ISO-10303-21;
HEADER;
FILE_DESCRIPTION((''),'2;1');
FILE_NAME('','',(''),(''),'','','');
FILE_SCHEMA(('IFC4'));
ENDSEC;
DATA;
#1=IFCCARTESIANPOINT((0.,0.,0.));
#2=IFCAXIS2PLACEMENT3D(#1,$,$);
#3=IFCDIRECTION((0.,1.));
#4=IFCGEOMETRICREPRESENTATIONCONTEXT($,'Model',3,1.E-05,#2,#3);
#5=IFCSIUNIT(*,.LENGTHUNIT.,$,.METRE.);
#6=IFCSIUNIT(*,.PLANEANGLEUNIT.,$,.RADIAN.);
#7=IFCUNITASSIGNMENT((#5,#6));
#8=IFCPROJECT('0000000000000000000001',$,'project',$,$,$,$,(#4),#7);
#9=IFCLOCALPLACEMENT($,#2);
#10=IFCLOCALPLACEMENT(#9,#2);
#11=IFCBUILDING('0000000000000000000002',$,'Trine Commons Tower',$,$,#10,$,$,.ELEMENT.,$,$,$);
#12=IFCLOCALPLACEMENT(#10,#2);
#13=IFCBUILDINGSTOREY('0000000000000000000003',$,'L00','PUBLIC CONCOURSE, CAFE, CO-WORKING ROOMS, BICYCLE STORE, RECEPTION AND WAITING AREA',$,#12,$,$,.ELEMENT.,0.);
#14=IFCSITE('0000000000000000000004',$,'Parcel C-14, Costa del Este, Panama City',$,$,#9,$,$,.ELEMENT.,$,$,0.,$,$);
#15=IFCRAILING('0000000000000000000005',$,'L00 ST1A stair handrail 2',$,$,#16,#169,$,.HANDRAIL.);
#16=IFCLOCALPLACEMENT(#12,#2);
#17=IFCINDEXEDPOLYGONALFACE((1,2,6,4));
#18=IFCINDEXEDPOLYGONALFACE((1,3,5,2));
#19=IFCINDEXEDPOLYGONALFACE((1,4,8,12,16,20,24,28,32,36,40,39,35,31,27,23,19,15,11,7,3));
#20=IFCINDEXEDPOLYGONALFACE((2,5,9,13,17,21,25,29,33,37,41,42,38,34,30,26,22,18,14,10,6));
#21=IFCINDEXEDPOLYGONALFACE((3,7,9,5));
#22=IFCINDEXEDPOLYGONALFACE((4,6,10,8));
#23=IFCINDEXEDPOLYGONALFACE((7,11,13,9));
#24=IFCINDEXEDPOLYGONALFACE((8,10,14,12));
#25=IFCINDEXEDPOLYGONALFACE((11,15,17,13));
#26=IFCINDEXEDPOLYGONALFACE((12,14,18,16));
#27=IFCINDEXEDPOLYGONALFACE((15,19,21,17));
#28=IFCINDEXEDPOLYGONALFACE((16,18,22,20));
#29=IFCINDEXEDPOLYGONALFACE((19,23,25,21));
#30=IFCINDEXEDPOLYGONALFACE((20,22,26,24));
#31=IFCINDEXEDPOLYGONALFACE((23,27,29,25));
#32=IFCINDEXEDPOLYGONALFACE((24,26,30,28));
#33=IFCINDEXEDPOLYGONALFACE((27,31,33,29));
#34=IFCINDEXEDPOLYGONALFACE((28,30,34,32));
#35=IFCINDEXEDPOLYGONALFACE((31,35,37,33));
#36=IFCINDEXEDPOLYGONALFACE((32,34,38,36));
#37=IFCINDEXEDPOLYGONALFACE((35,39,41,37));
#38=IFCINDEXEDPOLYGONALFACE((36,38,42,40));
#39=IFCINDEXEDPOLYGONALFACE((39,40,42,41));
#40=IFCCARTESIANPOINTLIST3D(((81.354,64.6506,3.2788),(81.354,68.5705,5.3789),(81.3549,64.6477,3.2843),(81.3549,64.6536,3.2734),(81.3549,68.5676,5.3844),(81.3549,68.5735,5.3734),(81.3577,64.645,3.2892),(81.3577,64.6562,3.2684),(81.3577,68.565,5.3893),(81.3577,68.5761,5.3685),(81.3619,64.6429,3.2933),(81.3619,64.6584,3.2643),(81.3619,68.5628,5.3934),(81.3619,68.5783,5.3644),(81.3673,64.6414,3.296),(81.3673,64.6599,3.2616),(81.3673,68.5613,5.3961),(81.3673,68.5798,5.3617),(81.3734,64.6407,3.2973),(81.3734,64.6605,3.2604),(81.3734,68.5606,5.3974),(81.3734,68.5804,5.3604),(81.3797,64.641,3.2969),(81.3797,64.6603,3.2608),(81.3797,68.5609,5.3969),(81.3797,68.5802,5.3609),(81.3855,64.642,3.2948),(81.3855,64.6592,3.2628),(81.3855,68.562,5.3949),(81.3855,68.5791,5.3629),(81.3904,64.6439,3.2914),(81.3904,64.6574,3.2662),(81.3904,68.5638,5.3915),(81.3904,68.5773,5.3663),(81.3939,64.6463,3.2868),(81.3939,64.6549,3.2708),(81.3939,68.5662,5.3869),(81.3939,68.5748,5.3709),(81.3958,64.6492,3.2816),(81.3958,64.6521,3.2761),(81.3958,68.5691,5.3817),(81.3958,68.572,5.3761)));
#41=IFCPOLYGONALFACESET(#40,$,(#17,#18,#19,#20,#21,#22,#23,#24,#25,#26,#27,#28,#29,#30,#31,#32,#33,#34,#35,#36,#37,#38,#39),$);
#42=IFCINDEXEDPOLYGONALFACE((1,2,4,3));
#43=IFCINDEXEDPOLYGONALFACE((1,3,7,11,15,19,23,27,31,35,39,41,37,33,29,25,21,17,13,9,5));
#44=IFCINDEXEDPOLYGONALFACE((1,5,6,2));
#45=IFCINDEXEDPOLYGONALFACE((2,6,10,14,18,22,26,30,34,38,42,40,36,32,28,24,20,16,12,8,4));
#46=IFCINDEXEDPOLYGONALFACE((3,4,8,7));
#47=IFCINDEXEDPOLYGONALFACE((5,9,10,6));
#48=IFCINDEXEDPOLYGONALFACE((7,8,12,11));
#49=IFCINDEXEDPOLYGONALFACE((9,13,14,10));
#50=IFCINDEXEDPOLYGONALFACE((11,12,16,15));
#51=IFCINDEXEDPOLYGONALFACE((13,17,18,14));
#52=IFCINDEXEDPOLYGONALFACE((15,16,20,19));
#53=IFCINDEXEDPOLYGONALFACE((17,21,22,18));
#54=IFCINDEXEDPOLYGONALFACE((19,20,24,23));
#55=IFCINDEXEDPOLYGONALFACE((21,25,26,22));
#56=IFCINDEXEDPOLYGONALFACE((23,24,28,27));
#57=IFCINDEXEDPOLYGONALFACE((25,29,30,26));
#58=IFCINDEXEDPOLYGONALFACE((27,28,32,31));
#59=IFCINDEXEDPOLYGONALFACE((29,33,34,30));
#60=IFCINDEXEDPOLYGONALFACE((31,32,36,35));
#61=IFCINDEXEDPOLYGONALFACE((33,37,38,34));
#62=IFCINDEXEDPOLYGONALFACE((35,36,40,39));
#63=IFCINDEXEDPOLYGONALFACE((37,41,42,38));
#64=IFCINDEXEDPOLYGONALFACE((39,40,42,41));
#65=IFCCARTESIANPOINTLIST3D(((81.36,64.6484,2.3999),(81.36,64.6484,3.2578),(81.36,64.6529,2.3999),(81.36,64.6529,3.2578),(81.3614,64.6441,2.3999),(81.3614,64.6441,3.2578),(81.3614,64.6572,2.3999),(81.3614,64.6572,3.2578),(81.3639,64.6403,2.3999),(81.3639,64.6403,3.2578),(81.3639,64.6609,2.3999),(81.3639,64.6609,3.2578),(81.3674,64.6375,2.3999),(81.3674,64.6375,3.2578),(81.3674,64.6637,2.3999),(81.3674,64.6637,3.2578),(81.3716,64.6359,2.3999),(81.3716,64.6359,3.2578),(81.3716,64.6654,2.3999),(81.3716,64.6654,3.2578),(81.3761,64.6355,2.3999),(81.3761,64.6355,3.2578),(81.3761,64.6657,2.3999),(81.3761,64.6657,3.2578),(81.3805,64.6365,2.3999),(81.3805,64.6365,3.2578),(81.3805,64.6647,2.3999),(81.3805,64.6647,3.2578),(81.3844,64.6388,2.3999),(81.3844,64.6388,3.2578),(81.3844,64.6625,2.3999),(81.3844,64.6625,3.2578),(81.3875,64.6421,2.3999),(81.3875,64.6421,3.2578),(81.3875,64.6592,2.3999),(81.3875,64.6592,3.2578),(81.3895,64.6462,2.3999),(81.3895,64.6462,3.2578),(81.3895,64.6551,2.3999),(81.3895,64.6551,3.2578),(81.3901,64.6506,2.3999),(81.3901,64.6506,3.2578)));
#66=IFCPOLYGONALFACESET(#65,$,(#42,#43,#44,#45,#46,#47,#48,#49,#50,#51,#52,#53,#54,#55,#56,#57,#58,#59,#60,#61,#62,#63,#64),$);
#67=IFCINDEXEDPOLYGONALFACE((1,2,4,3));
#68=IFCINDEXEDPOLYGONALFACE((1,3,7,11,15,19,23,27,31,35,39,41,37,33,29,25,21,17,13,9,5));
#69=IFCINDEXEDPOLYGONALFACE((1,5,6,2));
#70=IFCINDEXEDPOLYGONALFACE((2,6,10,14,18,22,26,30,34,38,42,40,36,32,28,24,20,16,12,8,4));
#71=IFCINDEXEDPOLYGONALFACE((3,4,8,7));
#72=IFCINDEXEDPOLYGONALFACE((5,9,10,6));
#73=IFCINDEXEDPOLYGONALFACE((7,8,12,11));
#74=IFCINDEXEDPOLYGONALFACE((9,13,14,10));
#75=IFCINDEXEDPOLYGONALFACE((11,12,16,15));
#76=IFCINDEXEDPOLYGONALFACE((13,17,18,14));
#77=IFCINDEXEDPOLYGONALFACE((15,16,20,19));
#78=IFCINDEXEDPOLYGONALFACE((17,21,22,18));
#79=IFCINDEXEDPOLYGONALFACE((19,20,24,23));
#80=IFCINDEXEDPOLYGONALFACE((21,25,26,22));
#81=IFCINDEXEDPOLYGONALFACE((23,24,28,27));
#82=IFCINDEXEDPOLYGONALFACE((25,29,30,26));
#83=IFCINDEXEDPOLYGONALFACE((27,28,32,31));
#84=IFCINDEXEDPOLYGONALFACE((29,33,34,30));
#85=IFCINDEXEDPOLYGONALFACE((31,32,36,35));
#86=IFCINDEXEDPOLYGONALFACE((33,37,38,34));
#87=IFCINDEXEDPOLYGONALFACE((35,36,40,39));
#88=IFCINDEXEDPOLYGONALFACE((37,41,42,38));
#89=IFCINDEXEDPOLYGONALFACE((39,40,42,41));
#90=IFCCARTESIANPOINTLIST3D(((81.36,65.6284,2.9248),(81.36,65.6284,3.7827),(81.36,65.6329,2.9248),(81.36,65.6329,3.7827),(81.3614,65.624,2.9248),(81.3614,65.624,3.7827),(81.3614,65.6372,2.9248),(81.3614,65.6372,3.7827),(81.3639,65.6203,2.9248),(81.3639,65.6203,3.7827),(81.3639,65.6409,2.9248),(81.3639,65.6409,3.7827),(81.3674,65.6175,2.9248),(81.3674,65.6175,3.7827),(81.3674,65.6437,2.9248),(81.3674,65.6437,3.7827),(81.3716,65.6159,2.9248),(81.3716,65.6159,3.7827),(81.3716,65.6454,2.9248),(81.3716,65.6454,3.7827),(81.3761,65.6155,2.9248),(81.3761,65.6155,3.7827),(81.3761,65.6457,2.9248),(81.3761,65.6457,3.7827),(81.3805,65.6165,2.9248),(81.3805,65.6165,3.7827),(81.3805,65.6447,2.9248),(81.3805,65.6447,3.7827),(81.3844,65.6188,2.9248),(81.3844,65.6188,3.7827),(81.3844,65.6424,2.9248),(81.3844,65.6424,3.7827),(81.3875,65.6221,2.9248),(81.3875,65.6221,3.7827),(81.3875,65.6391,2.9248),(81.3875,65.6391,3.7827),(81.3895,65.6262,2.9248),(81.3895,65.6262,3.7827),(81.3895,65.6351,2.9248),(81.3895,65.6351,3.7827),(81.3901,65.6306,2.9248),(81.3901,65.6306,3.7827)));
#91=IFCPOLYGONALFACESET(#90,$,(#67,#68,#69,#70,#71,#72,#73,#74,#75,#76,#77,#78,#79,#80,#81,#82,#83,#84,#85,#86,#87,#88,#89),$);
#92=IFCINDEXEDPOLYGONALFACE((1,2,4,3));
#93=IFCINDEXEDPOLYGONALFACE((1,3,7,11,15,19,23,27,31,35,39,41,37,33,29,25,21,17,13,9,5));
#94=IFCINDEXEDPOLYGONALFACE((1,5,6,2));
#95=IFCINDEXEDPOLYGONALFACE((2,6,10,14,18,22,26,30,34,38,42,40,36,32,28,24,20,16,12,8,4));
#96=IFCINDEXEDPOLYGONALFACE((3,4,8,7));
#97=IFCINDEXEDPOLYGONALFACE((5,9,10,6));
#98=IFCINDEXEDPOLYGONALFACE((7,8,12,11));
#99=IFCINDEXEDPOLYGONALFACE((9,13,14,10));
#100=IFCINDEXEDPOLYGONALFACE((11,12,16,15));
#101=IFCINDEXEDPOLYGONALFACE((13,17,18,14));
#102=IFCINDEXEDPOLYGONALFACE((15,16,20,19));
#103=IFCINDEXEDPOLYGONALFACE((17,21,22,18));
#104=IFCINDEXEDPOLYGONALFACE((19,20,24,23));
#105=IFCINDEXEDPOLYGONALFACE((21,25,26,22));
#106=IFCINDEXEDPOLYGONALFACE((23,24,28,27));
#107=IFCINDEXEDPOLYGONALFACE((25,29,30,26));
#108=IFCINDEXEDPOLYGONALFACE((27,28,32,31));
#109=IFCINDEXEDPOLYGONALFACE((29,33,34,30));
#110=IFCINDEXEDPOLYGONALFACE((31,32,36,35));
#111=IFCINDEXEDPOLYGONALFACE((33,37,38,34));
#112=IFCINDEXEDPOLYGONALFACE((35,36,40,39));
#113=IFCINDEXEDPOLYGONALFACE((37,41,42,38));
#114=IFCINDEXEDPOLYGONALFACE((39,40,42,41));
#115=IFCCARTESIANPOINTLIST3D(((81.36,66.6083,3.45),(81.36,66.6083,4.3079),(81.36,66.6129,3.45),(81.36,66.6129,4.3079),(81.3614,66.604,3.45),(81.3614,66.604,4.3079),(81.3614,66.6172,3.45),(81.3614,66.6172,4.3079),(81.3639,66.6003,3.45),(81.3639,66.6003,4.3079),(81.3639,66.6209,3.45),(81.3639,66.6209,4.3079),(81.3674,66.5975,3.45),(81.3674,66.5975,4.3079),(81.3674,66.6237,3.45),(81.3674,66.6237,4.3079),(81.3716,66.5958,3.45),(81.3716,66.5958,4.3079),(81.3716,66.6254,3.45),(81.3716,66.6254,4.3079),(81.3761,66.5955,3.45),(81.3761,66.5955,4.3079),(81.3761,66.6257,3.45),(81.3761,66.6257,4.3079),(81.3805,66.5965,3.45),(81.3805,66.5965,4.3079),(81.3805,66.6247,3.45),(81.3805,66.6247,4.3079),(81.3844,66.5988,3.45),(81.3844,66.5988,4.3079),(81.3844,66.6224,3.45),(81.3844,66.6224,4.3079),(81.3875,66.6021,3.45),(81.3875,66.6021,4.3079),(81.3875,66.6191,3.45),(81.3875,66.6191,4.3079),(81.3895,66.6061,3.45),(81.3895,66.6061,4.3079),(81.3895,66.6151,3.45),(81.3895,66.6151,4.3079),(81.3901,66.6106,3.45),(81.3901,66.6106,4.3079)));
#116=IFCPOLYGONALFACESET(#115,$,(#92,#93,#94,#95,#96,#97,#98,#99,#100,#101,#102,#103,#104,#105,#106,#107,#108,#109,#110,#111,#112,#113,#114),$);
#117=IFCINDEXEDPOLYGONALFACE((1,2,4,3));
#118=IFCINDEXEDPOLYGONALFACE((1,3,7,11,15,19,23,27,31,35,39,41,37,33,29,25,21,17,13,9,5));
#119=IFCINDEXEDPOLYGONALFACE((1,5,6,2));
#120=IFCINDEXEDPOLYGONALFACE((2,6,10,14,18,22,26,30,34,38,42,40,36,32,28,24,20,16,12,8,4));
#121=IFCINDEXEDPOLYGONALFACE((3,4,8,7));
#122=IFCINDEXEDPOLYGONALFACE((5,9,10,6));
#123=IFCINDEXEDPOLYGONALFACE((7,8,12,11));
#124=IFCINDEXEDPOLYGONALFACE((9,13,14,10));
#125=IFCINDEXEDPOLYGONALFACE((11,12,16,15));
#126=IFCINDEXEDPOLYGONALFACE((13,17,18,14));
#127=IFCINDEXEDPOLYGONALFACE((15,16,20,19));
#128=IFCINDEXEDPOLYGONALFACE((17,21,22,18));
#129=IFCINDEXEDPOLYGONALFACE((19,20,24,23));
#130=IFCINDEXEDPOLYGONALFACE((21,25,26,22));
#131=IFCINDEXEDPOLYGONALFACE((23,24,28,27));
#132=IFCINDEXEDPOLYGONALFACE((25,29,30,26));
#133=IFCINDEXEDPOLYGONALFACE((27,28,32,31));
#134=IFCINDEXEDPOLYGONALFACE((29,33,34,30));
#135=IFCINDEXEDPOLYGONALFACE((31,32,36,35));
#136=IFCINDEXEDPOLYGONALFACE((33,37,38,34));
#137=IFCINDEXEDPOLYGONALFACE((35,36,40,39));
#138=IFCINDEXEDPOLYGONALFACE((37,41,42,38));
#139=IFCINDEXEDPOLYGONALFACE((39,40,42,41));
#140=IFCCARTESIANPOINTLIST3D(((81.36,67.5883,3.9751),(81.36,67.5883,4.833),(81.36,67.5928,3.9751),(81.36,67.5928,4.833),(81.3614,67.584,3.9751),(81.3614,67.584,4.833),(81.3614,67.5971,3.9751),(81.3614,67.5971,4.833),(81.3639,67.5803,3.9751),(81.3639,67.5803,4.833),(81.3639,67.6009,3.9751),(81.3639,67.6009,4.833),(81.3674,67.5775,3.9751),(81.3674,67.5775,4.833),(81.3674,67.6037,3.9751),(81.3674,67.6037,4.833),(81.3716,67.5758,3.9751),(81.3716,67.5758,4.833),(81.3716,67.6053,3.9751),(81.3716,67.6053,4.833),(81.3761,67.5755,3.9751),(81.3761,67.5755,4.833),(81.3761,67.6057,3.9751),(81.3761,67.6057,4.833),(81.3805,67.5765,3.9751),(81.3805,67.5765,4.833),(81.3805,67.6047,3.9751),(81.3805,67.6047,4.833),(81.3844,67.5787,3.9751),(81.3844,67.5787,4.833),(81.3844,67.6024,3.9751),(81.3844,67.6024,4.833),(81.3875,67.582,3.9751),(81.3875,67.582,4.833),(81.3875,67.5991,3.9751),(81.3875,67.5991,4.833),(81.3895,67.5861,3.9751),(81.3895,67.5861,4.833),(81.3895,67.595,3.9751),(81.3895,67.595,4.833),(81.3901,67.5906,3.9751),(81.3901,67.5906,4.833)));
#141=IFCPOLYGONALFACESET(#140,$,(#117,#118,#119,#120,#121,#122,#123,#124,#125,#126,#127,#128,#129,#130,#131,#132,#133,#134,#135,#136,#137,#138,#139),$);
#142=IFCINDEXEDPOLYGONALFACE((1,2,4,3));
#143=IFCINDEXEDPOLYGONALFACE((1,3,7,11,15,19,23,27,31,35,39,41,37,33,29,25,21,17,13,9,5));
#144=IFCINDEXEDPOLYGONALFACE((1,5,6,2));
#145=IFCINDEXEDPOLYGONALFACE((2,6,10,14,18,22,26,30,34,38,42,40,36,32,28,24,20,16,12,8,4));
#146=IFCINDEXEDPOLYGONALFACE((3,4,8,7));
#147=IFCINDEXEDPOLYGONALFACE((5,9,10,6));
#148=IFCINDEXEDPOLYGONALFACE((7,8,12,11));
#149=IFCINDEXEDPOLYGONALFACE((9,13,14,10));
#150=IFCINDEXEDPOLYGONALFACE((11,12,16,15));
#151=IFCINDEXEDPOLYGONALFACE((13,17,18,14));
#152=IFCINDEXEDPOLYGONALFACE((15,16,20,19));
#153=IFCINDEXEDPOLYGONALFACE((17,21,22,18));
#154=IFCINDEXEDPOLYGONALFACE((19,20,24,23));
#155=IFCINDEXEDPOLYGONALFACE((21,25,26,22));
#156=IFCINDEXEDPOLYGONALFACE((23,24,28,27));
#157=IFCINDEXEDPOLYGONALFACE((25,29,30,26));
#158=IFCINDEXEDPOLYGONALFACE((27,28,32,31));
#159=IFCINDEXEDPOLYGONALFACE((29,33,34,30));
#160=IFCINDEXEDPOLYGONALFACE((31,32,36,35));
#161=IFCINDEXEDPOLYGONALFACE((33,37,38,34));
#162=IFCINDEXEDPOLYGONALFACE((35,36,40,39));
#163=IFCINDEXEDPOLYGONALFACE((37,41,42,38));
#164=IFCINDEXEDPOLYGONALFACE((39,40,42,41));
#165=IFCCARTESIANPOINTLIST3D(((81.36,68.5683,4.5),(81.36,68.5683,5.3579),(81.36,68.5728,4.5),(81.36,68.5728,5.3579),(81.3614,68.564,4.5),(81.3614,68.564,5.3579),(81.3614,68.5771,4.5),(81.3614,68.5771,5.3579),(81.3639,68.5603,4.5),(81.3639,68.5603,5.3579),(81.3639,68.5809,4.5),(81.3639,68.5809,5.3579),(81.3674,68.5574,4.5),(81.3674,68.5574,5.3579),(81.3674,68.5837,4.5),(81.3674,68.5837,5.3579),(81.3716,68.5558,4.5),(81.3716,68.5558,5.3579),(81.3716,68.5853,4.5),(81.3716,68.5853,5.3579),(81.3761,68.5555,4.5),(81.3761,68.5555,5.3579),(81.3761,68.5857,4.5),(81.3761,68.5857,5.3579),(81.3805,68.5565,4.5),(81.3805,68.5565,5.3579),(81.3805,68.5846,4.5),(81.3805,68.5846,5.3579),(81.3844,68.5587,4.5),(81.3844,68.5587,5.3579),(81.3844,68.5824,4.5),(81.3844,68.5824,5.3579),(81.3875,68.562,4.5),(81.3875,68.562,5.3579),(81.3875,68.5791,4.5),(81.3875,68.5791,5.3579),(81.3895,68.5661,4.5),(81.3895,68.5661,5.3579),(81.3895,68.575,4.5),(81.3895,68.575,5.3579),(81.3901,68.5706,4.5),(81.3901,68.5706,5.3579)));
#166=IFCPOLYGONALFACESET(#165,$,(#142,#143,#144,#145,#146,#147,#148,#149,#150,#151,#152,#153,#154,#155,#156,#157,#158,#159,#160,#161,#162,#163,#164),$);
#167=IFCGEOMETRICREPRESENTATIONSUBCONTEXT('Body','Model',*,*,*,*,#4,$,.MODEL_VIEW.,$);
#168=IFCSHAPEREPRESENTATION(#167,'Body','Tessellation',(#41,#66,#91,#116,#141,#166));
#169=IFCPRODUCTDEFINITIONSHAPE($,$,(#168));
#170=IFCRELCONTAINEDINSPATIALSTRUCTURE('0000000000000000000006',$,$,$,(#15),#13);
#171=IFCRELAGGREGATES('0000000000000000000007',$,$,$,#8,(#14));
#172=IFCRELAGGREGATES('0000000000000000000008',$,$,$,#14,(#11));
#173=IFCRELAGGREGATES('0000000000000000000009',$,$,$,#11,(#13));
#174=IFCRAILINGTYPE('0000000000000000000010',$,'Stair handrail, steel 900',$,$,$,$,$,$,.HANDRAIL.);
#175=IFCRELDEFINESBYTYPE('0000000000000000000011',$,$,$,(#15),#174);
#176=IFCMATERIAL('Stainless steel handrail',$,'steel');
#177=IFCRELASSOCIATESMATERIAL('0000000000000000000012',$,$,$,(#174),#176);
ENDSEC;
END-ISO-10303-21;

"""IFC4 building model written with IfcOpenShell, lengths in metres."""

from ifc_helpers import new_model, si_unit, direction, frame, origin, origin_2d, place, context, subcontext, project, spatial, circle, extrude, material, type_object, element, save


model = new_model("IFC4")

# Units and contexts
model_context = context("Model", 3, precision=1e-05, world=origin(), true_north=direction((0.0, 1.0)))
body_context = subcontext(model_context, "Body", "Model", "MODEL_VIEW")
ifc_project = project(units=[si_unit("LENGTHUNIT", "METRE"), si_unit("PLANEANGLEUNIT", "RADIAN")], contexts=[model_context])

# Site, building, storey
site_placement = place(None, origin())
site = spatial("IfcSite", under=ifc_project, at=site_placement, Name="Parcel C-14, Costa del Este, Panama City", CompositionType="ELEMENT", RefElevation=0.0)
building_placement = place(site_placement, origin())
building = spatial("IfcBuilding", under=site, at=building_placement, Name="Trine Commons Tower", CompositionType="ELEMENT")
storey_placement = place(building_placement, origin())
storey = spatial("IfcBuildingStorey", under=building, at=storey_placement, Name="L00", Description="PUBLIC CONCOURSE, CAFE, CO-WORKING ROOMS, BICYCLE STORE, RECEPTION AND WAITING AREA", CompositionType="ELEMENT", Elevation=0.0)

# Railing
ifc_material_1 = material(Name="Stainless steel handrail", Category="steel")
railing_type_1 = type_object("IfcRailingType", Name="Stair handrail, steel 900", PredefinedType="HANDRAIL", material=ifc_material_1)
railing_1_placement = place(storey_placement, frame((81.375, 64.6506, 2.3999)))
element("IfcRailing", 1, at=railing_1_placement, inside=storey, type_object=railing_type_1, Name="L00 ST1A stair handrail 2", PredefinedType="HANDRAIL", context=body_context, shape_type="SweptSolid", body=[
    extrude(circle(Radius=0.021, at=origin_2d()), frame((0.0, 0.0, 0.8789), z_axis=(0.0, 0.881467, 0.472246), x_axis=(-1.0, 0.0, 0.0)), (0.0, 0.0, 1.0), 4.447),
    extrude(circle(Radius=0.0151, at=origin_2d()), origin(), (0.0, 0.0, 1.0), 0.8579),
    extrude(circle(Radius=0.0151, at=origin_2d()), frame((0.0, 0.98, 0.5249)), (0.0, 0.0, 1.0), 0.8579),
    extrude(circle(Radius=0.0151, at=origin_2d()), frame((0.0, 1.96, 1.05)), (0.0, 0.0, 1.0), 0.8579),
    extrude(circle(Radius=0.0151, at=origin_2d()), frame((0.0, 2.9399, 1.5752)), (0.0, 0.0, 1.0), 0.8579),
    extrude(circle(Radius=0.0151, at=origin_2d()), frame((0.0, 3.9199, 2.1001)), (0.0, 0.0, 1.0), 0.8579),
])

save(model, "model.ifc")
